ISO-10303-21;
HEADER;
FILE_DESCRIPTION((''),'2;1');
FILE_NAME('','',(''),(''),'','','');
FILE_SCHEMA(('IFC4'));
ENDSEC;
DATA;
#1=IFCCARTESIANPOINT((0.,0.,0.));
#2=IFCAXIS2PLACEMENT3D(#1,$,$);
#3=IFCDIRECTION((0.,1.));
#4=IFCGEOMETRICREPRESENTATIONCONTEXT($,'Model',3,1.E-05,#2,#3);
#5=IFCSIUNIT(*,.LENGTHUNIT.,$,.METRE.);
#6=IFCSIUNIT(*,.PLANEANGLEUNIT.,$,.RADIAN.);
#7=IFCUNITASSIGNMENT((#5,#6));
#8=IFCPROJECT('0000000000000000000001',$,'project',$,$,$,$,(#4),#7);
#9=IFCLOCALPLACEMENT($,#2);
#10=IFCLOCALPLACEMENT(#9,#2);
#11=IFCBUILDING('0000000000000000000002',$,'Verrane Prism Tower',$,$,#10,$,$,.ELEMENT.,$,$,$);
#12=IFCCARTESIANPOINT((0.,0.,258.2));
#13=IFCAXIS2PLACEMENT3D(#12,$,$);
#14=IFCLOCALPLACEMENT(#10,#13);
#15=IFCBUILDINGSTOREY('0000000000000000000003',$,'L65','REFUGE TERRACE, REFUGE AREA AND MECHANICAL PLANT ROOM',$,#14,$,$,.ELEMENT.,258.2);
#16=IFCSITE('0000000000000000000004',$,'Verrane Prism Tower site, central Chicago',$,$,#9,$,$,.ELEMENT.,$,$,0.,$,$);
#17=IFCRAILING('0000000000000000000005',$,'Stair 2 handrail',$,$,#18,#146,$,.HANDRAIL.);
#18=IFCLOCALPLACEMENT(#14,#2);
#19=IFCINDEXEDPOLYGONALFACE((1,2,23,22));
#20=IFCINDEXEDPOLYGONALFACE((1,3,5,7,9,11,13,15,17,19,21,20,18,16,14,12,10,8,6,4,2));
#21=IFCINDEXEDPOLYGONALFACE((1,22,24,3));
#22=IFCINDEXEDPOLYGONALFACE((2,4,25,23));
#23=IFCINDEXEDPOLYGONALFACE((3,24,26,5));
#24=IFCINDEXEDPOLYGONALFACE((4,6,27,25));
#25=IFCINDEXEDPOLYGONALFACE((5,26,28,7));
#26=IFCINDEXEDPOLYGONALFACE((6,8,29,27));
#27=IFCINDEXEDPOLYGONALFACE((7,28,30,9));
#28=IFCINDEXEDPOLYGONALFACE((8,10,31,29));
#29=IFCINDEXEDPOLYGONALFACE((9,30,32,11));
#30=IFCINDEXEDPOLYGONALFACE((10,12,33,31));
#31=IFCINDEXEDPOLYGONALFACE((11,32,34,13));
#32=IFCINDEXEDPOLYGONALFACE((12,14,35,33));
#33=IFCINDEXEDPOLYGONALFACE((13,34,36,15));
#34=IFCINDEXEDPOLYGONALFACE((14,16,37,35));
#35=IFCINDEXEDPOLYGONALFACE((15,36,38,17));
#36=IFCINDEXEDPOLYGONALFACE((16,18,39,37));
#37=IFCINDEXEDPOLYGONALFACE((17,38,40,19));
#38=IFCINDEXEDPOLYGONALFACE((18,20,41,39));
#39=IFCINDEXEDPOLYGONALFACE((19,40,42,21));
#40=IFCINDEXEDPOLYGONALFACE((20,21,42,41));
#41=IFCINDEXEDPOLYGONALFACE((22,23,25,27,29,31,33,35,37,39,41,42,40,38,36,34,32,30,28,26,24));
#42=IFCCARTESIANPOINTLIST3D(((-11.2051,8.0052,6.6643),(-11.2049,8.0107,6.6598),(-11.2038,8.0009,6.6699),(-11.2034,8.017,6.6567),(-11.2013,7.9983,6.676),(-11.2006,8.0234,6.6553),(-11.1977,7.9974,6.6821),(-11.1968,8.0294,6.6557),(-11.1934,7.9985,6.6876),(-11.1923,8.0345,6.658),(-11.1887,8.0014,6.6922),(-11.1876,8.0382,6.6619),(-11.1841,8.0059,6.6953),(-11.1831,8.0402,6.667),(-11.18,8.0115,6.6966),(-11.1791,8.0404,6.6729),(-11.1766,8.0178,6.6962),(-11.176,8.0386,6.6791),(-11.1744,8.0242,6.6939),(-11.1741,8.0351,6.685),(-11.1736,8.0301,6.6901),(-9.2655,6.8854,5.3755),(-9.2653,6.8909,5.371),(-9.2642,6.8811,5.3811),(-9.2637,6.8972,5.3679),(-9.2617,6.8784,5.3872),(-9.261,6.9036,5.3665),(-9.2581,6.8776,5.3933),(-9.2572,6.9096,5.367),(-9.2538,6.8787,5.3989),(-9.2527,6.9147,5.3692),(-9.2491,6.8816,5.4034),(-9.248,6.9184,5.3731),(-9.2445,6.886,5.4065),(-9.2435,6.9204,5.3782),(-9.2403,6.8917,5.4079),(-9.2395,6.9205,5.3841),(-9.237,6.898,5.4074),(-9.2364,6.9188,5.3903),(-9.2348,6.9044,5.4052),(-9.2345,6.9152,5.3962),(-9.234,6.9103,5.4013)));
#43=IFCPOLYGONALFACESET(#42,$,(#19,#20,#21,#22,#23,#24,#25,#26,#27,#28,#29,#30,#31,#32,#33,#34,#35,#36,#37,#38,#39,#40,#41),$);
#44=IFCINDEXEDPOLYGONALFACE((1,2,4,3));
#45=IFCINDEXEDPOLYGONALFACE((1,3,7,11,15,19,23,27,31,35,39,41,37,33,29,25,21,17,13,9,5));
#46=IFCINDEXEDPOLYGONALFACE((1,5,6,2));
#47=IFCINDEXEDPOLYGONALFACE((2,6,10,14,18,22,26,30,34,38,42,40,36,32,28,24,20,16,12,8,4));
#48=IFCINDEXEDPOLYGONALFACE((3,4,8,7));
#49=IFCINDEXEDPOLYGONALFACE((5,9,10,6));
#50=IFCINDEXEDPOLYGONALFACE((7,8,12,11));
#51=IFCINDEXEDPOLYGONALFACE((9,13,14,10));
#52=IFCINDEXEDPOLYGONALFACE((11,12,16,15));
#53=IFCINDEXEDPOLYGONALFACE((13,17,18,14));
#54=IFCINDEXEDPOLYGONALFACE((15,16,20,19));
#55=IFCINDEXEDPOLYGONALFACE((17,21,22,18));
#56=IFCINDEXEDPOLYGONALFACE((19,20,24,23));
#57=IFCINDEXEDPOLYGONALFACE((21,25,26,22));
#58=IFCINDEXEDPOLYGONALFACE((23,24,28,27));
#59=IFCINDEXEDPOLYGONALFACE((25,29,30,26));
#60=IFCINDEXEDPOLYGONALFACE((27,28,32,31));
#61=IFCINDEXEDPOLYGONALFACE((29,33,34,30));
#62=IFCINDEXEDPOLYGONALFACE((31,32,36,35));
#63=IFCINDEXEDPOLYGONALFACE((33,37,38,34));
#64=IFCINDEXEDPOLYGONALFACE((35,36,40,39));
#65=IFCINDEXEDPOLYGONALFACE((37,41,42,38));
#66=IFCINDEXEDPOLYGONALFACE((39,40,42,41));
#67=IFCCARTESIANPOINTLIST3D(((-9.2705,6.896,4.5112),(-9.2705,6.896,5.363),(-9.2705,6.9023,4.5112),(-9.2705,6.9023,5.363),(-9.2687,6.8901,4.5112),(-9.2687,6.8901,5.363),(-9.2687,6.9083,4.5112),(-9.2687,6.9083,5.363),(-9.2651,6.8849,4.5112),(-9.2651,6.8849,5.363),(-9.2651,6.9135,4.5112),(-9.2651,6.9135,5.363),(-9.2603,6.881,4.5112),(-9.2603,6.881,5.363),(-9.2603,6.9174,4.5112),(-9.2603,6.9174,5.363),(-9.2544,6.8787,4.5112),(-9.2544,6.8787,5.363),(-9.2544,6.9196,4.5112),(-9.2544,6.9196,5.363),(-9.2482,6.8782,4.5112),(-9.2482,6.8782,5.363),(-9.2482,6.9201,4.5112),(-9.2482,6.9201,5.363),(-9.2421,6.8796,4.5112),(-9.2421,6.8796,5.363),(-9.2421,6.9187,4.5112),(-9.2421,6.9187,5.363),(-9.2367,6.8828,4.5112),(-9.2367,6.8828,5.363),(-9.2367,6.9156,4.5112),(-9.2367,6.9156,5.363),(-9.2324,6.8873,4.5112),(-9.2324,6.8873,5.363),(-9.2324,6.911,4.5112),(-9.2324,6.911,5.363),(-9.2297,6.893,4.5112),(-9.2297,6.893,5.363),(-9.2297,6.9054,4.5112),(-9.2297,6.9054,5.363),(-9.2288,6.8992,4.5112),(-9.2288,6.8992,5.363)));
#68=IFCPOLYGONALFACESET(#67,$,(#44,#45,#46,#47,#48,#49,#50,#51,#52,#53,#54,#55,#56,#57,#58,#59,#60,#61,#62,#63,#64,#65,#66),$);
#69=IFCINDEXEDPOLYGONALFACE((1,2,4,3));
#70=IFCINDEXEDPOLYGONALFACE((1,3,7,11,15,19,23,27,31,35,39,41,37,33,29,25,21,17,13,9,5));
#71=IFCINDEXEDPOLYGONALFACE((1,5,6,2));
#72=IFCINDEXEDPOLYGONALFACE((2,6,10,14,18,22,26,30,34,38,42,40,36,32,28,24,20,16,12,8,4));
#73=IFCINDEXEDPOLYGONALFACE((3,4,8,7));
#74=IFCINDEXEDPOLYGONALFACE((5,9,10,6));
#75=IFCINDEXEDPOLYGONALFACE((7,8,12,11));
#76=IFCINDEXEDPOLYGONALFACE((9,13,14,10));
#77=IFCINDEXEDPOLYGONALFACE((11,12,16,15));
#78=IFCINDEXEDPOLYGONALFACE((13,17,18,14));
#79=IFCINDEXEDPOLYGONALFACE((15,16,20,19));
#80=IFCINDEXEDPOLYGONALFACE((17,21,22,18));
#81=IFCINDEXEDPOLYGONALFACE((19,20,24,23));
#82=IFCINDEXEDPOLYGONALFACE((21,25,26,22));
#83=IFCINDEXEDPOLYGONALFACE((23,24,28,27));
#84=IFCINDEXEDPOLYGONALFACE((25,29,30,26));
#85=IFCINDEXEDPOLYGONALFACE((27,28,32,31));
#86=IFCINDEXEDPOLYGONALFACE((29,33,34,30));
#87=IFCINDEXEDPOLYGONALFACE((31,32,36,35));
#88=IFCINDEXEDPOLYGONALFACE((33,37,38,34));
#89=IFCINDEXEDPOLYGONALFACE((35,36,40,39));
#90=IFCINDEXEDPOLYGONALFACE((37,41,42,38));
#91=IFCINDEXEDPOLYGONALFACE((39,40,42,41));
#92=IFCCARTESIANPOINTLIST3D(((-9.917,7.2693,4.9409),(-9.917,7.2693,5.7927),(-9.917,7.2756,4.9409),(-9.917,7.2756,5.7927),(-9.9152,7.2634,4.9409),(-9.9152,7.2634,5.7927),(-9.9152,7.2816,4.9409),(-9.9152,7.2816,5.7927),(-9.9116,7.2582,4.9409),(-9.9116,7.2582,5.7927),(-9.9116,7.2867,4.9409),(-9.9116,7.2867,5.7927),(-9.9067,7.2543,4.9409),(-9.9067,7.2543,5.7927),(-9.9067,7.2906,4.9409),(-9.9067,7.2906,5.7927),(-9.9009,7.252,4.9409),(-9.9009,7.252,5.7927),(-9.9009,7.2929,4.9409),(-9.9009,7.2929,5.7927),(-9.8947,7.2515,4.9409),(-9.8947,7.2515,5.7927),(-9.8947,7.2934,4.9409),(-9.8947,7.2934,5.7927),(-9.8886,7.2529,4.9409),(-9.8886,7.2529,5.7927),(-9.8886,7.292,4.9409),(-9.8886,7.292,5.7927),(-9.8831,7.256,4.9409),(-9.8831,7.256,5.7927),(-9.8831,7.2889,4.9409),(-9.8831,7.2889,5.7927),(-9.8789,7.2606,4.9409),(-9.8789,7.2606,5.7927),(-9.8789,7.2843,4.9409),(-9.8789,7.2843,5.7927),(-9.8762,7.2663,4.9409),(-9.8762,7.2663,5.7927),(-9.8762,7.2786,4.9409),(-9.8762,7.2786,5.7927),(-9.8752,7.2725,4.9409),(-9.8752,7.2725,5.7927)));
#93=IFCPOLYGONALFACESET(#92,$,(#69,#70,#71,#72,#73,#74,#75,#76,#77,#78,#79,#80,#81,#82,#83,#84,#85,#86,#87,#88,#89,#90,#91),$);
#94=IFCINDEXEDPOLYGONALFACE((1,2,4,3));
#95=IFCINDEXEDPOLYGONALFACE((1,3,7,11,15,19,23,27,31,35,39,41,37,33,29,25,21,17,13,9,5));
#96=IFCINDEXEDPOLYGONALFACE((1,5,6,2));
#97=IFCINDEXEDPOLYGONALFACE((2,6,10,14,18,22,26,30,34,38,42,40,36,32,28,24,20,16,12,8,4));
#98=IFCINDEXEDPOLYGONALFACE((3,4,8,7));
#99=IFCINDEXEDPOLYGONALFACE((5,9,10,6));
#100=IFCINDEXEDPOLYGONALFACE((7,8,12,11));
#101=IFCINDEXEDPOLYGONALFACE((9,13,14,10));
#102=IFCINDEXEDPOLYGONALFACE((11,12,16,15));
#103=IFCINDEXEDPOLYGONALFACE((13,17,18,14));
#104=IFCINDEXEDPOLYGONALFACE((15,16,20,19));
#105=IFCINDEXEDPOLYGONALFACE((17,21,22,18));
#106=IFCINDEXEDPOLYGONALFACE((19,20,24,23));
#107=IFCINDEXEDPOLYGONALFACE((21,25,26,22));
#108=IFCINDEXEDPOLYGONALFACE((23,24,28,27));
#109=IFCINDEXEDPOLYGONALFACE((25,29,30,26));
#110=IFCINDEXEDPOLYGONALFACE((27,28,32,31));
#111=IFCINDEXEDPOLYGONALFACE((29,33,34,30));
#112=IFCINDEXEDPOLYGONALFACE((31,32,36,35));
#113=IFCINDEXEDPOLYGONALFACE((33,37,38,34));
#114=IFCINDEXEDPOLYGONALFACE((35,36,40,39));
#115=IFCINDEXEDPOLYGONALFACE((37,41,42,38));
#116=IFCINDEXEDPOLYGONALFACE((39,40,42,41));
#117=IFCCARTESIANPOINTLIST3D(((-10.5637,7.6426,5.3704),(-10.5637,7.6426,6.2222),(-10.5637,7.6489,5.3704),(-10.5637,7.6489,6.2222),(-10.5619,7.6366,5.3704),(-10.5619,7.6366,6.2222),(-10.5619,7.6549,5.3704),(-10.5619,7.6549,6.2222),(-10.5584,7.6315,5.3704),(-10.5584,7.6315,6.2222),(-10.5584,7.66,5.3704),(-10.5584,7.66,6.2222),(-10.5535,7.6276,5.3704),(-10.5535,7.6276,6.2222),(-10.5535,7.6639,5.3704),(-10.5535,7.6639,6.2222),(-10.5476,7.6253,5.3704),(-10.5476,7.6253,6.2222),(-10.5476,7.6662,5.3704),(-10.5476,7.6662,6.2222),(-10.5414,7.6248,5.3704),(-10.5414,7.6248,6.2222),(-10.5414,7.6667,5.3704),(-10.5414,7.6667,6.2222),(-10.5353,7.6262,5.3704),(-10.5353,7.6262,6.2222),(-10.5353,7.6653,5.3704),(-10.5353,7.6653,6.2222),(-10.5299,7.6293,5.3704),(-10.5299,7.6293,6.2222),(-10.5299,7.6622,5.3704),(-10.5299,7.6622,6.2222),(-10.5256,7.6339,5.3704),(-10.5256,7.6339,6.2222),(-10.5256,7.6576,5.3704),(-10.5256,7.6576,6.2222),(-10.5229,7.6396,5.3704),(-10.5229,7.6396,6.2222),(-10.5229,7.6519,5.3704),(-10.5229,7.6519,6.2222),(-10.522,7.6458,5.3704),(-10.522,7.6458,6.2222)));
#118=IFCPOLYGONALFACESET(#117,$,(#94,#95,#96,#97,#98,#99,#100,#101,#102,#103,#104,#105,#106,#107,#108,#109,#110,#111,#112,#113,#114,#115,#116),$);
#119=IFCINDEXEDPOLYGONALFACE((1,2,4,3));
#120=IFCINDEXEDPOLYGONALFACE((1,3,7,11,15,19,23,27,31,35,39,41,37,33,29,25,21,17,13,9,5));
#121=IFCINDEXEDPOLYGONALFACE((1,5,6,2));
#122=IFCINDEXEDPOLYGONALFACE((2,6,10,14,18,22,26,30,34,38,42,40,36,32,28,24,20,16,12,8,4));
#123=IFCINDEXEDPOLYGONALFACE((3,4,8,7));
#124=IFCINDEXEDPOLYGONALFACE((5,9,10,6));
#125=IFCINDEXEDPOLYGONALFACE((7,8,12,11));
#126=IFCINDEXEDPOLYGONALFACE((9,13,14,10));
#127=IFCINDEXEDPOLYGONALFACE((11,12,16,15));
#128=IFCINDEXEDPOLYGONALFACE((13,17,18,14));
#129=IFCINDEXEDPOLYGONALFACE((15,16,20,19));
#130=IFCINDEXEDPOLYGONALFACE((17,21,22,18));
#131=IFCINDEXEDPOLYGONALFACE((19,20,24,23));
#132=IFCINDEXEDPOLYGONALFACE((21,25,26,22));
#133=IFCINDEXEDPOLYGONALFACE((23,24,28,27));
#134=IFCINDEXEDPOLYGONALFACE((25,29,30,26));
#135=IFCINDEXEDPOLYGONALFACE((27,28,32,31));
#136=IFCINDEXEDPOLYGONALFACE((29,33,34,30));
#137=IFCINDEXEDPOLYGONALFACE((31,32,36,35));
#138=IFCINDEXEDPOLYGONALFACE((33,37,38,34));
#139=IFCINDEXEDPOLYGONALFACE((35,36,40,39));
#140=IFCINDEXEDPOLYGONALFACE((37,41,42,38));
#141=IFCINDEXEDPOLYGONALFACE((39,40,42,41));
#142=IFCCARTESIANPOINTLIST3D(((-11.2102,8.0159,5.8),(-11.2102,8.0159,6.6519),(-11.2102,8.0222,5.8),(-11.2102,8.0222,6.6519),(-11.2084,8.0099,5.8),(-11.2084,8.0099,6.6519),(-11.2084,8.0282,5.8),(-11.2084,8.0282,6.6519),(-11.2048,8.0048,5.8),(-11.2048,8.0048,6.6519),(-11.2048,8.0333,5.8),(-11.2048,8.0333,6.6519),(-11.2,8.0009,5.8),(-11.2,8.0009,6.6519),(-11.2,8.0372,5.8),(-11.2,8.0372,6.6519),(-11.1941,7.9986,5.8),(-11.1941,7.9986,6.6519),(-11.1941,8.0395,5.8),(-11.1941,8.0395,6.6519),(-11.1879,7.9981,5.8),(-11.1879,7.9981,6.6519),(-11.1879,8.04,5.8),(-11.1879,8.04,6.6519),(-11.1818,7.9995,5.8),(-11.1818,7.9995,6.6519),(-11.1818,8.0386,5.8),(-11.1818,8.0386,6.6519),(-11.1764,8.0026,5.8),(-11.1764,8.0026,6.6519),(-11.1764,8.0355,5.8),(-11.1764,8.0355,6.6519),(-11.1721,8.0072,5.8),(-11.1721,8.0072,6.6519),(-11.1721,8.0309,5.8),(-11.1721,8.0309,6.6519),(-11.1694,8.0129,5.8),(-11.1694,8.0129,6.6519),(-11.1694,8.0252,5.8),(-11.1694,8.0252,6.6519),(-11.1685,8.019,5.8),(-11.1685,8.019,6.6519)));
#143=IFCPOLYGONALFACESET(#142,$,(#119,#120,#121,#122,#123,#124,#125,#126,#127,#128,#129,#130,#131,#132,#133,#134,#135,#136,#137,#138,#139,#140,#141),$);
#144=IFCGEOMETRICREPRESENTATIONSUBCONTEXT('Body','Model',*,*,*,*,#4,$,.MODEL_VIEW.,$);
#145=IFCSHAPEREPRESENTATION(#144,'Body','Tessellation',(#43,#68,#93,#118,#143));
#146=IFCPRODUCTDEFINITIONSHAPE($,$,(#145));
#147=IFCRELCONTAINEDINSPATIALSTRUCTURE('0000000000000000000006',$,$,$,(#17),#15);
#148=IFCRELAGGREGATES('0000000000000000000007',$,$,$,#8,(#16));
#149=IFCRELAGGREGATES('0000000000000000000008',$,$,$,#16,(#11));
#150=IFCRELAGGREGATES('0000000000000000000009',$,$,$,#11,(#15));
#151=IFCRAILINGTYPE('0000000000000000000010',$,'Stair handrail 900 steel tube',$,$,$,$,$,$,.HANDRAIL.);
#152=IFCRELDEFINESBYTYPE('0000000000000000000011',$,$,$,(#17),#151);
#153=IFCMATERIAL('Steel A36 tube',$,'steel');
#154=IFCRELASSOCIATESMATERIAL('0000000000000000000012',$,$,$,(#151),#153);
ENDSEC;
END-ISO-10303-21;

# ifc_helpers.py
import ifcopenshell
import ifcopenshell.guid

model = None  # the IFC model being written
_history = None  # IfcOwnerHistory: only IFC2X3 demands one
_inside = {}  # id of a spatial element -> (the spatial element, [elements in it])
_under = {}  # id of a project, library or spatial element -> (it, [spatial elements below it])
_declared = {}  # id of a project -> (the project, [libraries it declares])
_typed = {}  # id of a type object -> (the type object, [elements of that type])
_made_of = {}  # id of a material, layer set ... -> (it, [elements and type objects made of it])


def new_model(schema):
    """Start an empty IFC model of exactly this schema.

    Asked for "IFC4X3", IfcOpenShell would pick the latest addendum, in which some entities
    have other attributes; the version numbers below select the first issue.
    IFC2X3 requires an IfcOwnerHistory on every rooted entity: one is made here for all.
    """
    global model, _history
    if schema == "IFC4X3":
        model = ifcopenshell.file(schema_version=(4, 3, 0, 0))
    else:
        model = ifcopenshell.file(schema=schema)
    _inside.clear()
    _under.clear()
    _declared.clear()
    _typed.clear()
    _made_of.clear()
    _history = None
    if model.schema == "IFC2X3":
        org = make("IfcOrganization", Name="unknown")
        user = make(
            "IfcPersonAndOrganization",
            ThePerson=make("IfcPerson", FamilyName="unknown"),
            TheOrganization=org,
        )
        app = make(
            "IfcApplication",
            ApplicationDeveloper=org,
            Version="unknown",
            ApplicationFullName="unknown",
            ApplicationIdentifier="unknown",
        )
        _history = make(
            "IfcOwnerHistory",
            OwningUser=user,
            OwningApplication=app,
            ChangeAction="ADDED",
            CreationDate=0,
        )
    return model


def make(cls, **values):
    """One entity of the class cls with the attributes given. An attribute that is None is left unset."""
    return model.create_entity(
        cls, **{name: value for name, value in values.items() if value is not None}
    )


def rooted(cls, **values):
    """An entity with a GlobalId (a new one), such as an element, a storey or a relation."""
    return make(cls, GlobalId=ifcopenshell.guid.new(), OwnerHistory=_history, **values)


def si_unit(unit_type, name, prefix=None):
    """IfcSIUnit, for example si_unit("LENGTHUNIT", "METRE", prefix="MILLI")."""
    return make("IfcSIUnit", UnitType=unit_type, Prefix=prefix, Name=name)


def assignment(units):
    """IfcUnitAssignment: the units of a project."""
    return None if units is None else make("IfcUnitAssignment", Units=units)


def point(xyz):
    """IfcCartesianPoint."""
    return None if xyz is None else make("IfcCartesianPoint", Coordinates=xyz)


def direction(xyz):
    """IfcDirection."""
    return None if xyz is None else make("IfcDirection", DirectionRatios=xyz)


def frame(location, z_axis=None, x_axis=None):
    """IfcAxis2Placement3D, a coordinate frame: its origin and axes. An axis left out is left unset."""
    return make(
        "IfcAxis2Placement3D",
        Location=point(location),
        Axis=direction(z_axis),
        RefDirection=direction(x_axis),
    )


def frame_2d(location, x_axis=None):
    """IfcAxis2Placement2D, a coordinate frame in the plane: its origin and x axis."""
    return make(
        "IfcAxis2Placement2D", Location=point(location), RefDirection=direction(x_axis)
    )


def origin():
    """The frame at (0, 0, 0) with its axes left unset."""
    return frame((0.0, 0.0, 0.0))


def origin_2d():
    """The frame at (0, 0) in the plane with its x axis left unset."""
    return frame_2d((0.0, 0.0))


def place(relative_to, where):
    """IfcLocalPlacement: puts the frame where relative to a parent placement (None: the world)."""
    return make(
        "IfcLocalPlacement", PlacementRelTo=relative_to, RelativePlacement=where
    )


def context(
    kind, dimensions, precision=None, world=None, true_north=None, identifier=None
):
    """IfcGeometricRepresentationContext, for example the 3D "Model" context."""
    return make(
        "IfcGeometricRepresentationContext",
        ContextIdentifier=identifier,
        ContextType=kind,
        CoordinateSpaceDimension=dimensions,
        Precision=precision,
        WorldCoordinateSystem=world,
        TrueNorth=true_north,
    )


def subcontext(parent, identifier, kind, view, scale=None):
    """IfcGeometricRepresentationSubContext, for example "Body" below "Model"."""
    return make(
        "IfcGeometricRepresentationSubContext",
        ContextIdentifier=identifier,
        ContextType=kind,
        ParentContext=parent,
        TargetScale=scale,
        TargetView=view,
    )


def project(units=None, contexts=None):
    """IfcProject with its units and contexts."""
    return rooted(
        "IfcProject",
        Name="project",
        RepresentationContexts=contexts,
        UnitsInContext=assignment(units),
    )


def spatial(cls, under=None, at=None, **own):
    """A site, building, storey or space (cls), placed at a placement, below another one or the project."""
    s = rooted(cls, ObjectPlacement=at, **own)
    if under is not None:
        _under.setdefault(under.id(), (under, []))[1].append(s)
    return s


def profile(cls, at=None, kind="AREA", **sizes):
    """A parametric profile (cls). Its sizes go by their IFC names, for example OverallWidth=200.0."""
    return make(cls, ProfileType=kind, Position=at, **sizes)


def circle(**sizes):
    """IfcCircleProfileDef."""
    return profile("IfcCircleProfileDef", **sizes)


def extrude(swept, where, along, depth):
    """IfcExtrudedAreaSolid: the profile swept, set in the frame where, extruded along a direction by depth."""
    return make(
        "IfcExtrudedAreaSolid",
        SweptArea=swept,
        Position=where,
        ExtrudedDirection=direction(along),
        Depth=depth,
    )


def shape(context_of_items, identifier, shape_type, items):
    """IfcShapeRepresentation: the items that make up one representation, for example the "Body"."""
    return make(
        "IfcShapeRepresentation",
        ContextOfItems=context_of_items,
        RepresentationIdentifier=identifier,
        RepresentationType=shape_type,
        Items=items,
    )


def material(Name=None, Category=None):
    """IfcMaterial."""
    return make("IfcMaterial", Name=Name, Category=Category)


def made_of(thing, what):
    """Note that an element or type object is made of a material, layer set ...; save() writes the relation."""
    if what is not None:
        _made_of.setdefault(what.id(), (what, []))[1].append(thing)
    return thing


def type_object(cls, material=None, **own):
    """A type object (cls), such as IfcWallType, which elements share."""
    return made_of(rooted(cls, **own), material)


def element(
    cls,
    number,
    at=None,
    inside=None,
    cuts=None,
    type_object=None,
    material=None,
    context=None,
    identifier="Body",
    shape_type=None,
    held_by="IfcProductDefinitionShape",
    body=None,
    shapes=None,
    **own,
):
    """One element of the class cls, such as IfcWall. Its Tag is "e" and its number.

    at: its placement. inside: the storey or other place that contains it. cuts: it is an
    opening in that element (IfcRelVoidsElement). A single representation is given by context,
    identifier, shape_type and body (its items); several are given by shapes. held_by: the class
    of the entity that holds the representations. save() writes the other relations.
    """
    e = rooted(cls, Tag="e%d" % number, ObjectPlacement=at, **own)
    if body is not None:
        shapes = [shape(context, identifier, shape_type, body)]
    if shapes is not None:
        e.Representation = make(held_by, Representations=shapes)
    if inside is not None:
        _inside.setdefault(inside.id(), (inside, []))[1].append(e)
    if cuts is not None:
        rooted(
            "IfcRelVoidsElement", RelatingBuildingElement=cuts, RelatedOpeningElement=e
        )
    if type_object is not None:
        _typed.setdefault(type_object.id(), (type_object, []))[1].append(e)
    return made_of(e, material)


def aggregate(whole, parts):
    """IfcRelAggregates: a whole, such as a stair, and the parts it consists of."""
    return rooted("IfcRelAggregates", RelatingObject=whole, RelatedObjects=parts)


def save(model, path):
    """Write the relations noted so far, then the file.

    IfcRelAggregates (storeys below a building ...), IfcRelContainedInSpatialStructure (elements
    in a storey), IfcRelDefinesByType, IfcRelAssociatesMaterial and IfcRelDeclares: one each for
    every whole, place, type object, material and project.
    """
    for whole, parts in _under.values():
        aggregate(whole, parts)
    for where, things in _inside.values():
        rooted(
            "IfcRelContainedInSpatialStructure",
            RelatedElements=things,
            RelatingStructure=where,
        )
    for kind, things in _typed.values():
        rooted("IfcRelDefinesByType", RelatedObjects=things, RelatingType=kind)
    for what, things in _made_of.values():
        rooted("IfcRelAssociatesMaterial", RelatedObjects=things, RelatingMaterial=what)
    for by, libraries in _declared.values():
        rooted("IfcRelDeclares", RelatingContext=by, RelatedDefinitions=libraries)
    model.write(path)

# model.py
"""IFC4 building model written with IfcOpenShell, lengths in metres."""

from ifc_helpers import new_model, si_unit, direction, frame, origin, origin_2d, place, context, subcontext, project, spatial, circle, extrude, material, type_object, element, save


model = new_model("IFC4")

# Units and contexts
model_context = context("Model", 3, precision=1e-05, world=origin(), true_north=direction((0.0, 1.0)))
body_context = subcontext(model_context, "Body", "Model", "MODEL_VIEW")
ifc_project = project(units=[si_unit("LENGTHUNIT", "METRE"), si_unit("PLANEANGLEUNIT", "RADIAN")], contexts=[model_context])

# Site, building, storey
site_placement = place(None, origin())
site = spatial("IfcSite", under=ifc_project, at=site_placement, Name="Verrane Prism Tower site, central Chicago", CompositionType="ELEMENT", RefElevation=0.0)
building_placement = place(site_placement, origin())
building = spatial("IfcBuilding", under=site, at=building_placement, Name="Verrane Prism Tower", CompositionType="ELEMENT")
storey_placement = place(building_placement, frame((0.0, 0.0, 258.2)))
storey = spatial("IfcBuildingStorey", under=building, at=storey_placement, Name="L65", Description="REFUGE TERRACE, REFUGE AREA AND MECHANICAL PLANT ROOM", CompositionType="ELEMENT", Elevation=258.2)

# Railing
ifc_material_1 = material(Name="Steel A36 tube", Category="steel")
railing_type = type_object("IfcRailingType", Name="Stair handrail 900 steel tube", PredefinedType="HANDRAIL", material=ifc_material_1)
railing_1_placement = place(storey_placement, frame((-9.2498, 6.8992, 4.5112)))
element("IfcRailing", 1, at=railing_1_placement, inside=storey, type_object=railing_type, Name="Stair 2 handrail", PredefinedType="HANDRAIL", context=body_context, shape_type="SweptSolid", body=[
    extrude(circle(Radius=0.0239, at=origin_2d()), frame((0.0, 0.0, 0.876), z_axis=(-0.750627, 0.43337, 0.498749), x_axis=(-0.499996, -0.866028, 0.0)), (0.0, 0.0, 1.0), 2.584),
    extrude(circle(Radius=0.021, at=origin_2d()), origin(), (0.0, 0.0, 1.0), 0.8518),
    extrude(circle(Radius=0.021, at=origin_2d()), frame((-0.6465, 0.3733, 0.4297)), (0.0, 0.0, 1.0), 0.8518),
    extrude(circle(Radius=0.021, at=origin_2d()), frame((-1.2932, 0.7466, 0.8591)), (0.0, 0.0, 1.0), 0.8518),
    extrude(circle(Radius=0.021, at=origin_2d()), frame((-1.9397, 1.1199, 1.2888)), (0.0, 0.0, 1.0), 0.8518),
])

save(model, "model.ifc")
